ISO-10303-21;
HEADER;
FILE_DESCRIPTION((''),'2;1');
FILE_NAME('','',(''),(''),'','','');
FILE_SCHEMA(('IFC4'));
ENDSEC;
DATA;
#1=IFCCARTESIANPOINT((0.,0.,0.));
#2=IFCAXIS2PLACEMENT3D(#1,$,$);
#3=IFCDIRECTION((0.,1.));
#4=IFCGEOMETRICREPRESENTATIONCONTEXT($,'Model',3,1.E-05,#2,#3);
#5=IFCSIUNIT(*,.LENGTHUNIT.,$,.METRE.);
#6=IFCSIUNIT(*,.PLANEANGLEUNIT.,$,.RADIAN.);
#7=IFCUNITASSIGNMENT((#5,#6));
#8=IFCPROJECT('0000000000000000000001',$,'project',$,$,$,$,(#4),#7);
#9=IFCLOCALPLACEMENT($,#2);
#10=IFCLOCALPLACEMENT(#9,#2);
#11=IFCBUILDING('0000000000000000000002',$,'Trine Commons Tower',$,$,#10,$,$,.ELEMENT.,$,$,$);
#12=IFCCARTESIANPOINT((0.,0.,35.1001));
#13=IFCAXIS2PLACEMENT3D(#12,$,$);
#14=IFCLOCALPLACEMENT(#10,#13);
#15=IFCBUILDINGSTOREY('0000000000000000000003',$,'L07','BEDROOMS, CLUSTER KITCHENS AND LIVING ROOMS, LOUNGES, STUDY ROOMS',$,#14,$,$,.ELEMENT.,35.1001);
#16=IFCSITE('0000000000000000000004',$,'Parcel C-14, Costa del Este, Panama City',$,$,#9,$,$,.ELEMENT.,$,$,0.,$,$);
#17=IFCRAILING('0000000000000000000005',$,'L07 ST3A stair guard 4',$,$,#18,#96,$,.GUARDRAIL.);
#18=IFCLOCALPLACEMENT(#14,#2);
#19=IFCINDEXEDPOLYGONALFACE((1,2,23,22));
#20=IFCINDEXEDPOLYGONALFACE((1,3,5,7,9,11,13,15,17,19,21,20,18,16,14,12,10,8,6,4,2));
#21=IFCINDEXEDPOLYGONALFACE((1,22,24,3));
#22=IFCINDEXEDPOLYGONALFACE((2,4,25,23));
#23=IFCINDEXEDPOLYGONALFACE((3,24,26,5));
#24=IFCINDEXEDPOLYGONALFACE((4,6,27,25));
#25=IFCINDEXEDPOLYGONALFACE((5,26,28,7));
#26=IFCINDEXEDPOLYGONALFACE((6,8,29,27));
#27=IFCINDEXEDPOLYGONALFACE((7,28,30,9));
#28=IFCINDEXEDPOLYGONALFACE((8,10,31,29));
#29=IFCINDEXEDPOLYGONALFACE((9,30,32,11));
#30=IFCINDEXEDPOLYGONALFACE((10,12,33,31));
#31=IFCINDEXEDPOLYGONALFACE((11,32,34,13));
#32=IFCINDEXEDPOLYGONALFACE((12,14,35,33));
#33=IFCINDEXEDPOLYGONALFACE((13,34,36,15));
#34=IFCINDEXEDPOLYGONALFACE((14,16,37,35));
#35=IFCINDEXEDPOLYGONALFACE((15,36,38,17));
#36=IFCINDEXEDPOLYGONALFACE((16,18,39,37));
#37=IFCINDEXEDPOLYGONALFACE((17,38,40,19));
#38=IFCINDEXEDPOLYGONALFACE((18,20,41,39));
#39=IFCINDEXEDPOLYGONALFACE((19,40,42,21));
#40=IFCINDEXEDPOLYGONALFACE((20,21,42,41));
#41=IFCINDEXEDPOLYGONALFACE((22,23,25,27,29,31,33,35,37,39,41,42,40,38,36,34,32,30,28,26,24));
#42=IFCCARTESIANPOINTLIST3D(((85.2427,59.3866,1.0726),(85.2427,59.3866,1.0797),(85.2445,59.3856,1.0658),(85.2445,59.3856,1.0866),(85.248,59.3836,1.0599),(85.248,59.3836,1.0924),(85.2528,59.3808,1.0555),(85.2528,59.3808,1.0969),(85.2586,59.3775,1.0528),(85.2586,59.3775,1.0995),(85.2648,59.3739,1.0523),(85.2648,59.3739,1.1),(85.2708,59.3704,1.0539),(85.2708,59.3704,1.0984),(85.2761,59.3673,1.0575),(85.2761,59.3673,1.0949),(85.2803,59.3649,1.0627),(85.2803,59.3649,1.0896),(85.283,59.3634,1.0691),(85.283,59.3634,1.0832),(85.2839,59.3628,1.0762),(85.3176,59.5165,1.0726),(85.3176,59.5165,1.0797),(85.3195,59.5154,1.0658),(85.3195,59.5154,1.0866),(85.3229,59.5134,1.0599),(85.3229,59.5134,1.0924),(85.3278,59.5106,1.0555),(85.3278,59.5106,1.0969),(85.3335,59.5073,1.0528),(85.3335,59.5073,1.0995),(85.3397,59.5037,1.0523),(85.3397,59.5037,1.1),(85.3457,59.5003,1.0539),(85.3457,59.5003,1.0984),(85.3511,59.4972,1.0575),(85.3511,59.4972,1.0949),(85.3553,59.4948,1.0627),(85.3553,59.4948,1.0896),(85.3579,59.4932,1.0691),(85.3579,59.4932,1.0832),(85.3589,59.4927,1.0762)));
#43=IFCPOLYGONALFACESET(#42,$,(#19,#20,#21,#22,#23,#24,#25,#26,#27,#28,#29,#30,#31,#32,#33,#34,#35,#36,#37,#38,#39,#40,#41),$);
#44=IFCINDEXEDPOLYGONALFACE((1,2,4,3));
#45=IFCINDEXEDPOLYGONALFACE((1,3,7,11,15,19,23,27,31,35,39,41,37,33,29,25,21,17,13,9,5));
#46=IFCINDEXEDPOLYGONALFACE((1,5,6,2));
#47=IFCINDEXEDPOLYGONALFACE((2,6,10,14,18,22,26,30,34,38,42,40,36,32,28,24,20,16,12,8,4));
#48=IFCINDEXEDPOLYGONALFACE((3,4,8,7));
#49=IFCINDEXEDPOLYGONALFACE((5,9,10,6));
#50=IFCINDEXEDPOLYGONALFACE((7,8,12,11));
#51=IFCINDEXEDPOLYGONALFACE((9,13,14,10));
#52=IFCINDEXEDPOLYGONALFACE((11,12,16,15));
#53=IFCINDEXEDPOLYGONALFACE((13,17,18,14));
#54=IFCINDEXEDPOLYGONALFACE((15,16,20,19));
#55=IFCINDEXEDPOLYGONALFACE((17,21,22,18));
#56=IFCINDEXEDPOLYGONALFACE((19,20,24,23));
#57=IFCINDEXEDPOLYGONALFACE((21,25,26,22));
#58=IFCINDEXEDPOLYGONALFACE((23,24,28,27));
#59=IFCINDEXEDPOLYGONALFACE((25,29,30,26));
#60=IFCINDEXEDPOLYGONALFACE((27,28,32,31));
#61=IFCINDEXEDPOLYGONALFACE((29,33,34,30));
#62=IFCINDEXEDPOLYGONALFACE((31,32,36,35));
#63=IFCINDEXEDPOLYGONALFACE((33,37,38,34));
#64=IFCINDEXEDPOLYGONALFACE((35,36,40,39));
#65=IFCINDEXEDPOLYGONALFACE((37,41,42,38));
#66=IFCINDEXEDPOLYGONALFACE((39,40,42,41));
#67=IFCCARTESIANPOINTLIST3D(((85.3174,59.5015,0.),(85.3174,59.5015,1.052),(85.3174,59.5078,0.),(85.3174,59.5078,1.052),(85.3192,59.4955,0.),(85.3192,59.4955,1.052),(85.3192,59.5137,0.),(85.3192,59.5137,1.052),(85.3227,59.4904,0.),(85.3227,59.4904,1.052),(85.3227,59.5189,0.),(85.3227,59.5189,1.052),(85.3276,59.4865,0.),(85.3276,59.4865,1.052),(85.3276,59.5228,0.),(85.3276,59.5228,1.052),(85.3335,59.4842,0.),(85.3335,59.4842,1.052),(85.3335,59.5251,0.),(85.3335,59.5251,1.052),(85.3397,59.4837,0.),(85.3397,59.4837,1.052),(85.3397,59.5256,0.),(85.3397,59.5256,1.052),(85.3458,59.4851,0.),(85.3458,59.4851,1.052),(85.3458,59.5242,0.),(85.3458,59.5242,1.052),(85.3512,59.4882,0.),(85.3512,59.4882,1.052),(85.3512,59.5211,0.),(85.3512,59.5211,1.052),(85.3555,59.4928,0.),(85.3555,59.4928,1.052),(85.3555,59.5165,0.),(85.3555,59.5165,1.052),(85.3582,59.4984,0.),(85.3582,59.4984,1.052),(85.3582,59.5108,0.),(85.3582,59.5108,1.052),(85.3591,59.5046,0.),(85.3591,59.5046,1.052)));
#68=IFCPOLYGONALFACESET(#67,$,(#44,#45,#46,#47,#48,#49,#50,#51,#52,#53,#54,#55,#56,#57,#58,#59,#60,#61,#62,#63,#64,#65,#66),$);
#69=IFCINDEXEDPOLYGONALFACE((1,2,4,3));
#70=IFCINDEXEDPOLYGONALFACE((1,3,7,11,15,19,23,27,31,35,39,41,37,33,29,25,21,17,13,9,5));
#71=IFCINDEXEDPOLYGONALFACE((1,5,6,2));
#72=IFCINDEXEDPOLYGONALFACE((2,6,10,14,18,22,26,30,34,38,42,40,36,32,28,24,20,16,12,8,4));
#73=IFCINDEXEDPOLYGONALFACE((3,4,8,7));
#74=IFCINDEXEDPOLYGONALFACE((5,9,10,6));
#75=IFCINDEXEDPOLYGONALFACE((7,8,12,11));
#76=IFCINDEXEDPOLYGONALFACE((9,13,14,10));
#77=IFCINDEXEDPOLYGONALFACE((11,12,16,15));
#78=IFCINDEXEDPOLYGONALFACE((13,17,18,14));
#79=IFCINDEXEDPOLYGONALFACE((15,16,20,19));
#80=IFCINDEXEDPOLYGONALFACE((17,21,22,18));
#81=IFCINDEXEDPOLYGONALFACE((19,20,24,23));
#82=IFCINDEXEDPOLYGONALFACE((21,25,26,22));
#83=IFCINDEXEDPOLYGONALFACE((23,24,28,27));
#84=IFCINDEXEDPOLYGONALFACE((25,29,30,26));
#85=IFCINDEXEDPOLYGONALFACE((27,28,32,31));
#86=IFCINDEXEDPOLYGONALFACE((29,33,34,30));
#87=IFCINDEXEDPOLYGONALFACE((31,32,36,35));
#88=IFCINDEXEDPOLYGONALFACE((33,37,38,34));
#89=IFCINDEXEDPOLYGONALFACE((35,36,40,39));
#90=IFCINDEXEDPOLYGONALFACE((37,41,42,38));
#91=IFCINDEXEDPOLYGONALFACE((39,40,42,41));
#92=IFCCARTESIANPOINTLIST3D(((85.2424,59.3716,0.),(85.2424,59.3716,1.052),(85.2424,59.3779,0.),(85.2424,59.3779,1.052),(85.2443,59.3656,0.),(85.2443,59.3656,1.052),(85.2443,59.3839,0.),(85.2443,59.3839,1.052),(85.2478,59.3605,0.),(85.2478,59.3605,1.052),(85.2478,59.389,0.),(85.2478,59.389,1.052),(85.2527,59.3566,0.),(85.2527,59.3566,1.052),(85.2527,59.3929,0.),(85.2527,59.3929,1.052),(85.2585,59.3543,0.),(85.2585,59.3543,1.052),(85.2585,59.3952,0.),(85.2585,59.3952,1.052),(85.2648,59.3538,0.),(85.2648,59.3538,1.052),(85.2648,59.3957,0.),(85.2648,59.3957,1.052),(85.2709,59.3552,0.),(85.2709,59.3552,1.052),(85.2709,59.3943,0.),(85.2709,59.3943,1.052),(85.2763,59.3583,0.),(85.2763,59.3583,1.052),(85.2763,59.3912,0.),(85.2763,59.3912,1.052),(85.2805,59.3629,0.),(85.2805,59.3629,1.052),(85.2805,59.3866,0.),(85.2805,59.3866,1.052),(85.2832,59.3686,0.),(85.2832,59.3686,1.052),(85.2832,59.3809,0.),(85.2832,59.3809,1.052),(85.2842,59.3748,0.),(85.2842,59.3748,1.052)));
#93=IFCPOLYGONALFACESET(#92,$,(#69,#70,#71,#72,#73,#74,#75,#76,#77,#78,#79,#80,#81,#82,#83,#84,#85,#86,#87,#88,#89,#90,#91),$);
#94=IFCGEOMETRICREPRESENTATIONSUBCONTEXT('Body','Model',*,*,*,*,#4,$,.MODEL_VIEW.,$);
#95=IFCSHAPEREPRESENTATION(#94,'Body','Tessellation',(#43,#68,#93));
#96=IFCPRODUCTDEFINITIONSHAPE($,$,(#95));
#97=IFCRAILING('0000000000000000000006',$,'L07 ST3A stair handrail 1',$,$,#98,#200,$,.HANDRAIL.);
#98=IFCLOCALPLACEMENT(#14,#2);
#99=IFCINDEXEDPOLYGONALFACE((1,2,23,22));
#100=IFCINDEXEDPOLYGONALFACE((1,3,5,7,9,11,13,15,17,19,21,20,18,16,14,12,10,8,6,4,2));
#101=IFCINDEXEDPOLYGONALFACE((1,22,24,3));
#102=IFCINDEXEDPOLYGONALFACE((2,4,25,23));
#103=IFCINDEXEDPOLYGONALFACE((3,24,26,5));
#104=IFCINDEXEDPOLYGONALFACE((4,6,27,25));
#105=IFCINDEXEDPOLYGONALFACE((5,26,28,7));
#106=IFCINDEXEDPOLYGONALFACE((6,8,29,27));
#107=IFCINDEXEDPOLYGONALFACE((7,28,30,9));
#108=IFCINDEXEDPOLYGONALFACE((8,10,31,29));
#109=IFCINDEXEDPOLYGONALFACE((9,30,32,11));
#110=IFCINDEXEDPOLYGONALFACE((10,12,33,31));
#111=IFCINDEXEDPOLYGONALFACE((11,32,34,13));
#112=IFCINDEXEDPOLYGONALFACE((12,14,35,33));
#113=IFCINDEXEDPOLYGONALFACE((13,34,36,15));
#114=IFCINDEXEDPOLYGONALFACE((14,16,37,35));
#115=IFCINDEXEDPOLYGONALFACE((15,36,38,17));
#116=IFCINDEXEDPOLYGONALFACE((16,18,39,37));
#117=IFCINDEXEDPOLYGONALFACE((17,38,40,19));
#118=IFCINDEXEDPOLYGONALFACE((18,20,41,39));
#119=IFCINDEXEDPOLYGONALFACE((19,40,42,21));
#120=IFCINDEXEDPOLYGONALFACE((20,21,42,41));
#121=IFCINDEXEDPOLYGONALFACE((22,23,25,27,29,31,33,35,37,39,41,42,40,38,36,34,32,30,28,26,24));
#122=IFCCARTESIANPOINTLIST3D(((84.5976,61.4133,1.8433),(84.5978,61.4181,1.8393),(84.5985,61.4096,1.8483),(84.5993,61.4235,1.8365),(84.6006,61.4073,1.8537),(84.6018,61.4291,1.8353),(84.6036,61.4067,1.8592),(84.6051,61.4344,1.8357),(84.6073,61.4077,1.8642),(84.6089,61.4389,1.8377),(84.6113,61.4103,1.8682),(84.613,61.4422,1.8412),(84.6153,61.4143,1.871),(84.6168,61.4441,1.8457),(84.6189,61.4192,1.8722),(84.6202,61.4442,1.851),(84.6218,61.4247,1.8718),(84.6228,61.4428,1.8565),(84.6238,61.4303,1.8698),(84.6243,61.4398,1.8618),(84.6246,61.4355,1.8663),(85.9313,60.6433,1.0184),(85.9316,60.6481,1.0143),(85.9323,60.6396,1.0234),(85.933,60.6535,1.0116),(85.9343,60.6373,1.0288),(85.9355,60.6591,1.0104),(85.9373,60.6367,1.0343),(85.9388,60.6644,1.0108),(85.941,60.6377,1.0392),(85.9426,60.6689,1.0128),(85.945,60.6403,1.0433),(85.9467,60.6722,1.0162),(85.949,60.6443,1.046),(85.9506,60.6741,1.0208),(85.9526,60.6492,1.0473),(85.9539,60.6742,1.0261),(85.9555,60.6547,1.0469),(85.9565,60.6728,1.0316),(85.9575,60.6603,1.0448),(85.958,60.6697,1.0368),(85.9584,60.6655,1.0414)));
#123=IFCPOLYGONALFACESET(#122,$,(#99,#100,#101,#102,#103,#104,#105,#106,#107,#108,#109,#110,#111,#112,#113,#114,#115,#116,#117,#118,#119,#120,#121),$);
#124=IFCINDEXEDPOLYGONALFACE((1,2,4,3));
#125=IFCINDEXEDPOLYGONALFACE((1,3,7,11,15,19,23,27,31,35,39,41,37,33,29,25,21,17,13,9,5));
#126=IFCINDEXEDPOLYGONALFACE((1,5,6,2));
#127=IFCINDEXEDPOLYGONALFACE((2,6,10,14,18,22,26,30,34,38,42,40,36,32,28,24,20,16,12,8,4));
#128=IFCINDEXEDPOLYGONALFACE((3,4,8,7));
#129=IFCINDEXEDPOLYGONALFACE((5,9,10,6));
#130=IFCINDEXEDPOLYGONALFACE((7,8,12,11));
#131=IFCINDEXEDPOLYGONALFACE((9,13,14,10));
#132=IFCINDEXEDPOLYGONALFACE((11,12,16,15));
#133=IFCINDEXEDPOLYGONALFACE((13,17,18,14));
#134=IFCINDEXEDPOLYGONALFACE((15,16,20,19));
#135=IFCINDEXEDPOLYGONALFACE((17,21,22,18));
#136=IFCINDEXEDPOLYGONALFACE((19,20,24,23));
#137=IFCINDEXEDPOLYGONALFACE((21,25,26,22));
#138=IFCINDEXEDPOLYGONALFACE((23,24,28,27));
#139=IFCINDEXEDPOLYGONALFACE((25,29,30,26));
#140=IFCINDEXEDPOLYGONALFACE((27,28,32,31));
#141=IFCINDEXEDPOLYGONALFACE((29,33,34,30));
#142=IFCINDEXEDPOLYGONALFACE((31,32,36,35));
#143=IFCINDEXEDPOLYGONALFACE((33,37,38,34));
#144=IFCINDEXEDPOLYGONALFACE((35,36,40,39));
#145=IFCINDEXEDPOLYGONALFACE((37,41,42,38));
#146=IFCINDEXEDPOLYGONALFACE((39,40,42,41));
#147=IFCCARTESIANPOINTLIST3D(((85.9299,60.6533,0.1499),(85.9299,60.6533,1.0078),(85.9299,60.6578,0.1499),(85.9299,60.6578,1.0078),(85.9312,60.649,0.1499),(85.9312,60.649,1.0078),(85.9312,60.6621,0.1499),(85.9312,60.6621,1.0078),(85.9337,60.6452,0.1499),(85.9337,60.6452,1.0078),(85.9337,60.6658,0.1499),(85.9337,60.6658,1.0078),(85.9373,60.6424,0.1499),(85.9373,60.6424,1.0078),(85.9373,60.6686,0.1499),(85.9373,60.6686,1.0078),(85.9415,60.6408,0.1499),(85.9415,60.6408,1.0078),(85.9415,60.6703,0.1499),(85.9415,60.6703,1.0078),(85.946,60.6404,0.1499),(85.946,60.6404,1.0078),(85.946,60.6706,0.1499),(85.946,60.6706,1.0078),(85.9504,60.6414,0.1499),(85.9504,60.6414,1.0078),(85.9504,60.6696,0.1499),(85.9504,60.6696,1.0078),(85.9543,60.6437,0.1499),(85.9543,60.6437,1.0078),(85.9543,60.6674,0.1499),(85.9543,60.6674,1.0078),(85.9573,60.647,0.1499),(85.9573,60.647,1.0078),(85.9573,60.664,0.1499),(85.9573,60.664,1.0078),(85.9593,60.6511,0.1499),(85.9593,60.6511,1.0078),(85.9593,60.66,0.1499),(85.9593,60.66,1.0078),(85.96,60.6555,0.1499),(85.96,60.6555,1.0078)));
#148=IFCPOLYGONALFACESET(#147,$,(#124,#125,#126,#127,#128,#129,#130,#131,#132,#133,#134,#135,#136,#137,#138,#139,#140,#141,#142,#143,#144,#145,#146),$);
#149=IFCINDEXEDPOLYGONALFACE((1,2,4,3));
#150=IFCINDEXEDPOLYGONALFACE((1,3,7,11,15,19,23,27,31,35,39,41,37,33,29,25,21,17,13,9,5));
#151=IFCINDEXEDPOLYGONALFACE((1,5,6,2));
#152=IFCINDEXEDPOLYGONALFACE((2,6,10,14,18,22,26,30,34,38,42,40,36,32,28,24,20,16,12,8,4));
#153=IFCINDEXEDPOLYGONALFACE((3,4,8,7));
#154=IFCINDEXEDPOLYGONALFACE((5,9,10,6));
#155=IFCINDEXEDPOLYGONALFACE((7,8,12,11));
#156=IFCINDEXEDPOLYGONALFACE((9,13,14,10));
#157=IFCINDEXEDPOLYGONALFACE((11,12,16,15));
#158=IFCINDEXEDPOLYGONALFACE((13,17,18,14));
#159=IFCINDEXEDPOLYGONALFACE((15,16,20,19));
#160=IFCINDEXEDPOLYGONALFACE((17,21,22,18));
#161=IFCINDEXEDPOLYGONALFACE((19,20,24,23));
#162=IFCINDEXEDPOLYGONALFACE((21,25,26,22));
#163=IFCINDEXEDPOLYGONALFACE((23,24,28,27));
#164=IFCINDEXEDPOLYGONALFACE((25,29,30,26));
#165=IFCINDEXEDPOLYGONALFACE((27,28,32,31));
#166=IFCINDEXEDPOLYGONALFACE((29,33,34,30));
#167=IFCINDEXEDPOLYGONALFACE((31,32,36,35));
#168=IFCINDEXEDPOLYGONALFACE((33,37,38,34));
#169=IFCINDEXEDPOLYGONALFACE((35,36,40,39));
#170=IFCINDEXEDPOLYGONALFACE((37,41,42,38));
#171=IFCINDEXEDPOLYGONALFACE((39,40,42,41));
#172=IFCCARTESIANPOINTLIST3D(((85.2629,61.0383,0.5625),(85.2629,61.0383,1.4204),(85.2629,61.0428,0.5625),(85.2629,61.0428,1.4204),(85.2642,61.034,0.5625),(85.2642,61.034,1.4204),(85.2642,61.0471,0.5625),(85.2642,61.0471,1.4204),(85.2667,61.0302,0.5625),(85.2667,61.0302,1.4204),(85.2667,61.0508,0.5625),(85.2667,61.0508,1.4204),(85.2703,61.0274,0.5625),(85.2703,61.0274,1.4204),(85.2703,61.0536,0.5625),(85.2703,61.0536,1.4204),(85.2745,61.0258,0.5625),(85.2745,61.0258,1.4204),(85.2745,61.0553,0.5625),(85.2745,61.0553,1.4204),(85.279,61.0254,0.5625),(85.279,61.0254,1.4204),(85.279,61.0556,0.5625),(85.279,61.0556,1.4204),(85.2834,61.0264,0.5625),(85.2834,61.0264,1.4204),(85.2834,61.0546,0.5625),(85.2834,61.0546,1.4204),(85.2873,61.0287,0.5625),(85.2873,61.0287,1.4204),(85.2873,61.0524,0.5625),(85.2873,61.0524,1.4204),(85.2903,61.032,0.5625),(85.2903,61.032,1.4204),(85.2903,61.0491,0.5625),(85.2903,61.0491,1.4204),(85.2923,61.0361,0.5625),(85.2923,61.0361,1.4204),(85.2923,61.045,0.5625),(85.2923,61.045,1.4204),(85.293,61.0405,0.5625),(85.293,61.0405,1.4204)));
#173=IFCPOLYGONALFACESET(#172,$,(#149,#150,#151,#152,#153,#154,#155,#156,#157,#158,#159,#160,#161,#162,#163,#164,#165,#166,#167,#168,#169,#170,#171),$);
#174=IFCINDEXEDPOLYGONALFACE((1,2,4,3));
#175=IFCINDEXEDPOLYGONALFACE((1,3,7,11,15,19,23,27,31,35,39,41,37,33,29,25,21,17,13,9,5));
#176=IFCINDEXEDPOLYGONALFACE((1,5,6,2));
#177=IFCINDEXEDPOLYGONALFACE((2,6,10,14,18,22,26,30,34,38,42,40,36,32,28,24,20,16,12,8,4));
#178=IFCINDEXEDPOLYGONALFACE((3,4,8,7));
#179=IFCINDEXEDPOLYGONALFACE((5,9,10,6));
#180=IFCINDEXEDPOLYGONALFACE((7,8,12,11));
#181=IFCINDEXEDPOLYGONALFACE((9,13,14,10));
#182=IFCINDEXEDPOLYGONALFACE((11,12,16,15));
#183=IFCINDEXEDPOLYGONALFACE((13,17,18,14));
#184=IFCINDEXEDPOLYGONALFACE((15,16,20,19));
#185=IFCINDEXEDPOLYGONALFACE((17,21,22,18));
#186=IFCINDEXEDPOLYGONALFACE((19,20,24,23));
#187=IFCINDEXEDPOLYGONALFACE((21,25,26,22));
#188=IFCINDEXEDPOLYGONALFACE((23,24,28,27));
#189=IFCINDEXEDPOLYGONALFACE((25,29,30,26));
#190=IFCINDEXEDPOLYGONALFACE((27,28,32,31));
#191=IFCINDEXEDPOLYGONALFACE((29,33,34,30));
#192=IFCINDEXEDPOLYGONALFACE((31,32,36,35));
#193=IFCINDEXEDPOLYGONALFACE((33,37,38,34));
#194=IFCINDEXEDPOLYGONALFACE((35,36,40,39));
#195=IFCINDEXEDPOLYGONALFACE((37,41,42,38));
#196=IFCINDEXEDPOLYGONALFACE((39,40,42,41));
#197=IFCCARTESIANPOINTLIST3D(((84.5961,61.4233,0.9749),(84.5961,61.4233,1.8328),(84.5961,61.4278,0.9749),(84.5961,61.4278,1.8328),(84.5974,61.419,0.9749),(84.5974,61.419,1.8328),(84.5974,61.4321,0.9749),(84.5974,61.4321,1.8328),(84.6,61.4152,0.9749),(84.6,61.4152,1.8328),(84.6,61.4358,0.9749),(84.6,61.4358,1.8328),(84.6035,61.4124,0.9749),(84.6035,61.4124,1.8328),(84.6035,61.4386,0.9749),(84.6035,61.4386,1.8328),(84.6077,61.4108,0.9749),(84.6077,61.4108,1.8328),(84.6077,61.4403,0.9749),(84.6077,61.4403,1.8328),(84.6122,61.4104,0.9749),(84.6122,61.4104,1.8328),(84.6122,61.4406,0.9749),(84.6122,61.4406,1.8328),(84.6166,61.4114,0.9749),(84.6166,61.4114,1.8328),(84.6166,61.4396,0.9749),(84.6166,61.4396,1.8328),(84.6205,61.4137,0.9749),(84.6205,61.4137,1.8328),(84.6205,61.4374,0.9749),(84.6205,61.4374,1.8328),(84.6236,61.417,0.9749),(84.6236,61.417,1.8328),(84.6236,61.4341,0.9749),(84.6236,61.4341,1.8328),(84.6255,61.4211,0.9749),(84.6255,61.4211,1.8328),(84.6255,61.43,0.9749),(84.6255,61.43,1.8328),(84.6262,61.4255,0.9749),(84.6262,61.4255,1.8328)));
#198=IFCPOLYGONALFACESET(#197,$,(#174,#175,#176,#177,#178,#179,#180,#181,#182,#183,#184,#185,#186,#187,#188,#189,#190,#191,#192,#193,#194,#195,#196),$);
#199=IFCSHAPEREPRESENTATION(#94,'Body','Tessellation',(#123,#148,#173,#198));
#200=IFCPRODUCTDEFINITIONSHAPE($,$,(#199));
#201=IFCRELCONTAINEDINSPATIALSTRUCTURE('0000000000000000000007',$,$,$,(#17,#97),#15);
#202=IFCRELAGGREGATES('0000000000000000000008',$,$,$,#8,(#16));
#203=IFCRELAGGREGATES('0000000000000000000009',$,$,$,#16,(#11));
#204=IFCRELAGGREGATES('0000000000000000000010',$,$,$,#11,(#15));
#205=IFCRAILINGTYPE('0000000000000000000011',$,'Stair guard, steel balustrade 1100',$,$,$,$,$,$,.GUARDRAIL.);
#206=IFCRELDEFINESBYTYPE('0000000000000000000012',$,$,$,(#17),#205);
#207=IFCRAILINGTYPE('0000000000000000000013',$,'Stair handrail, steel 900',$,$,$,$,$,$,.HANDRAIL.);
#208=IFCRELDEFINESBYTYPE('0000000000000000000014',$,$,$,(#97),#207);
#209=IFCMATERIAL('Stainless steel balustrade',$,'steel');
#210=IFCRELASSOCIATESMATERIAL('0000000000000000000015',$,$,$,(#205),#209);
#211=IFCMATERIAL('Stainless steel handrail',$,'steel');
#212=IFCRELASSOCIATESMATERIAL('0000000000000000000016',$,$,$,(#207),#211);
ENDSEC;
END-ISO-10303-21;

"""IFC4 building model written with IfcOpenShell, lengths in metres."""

from ifc_helpers import new_model, si_unit, direction, frame, origin, origin_2d, place, context, subcontext, project, spatial, circle, extrude, material, type_object, element, save


model = new_model("IFC4")

# Units and contexts
model_context = context("Model", 3, precision=1e-05, world=origin(), true_north=direction((0.0, 1.0)))
body_context = subcontext(model_context, "Body", "Model", "MODEL_VIEW")
ifc_project = project(units=[si_unit("LENGTHUNIT", "METRE"), si_unit("PLANEANGLEUNIT", "RADIAN")], contexts=[model_context])

# Site, building, storey
site_placement = place(None, origin())
site = spatial("IfcSite", under=ifc_project, at=site_placement, Name="Parcel C-14, Costa del Este, Panama City", CompositionType="ELEMENT", RefElevation=0.0)
building_placement = place(site_placement, origin())
building = spatial("IfcBuilding", under=site, at=building_placement, Name="Trine Commons Tower", CompositionType="ELEMENT")
storey_placement = place(building_placement, frame((0.0, 0.0, 35.1001)))
storey = spatial("IfcBuildingStorey", under=building, at=storey_placement, Name="L07", Description="BEDROOMS, CLUSTER KITCHENS AND LIVING ROOMS, LOUNGES, STUDY ROOMS", CompositionType="ELEMENT", Elevation=35.1001)

# Railings
ifc_material_1 = material(Name="Stainless steel balustrade", Category="steel")
railing_type_1 = type_object("IfcRailingType", Name="Stair guard, steel balustrade 1100", PredefinedType="GUARDRAIL", material=ifc_material_1)
railing_1_placement = place(storey_placement, frame((85.3381, 59.5046, 0.0)))
element("IfcRailing", 1, at=railing_1_placement, inside=storey, type_object=railing_type_1, Name="L07 ST3A stair guard 4", PredefinedType="GUARDRAIL", context=body_context, shape_type="SweptSolid", body=[
    extrude(circle(Radius=0.0239, at=origin_2d()), frame((0.0, 0.0, 1.0762), z_axis=(-0.499816, -0.866131, 0.0), x_axis=(0.866131, -0.499816, 0.0)), (0.0, 0.0, 1.0), 0.1499),
    extrude(circle(Radius=0.021, at=origin_2d()), origin(), (0.0, 0.0, 1.0), 1.052),
    extrude(circle(Radius=0.021, at=origin_2d()), frame((-0.075, -0.1299, 0.0)), (0.0, 0.0, 1.0), 1.052),
])
ifc_material_2 = material(Name="Stainless steel handrail", Category="steel")
railing_type_2 = type_object("IfcRailingType", Name="Stair handrail, steel 900", PredefinedType="HANDRAIL", material=ifc_material_2)
railing_2_placement = place(storey_placement, frame((85.9448, 60.6555, 0.1499)))
element("IfcRailing", 2, at=railing_2_placement, inside=storey, type_object=railing_type_2, Name="L07 ST3A stair handrail 1", PredefinedType="HANDRAIL", context=body_context, shape_type="SweptSolid", body=[
    extrude(circle(Radius=0.021, at=origin_2d()), frame((0.0, 0.0, 0.8789), z_axis=(-0.763405, 0.440743, 0.472185), x_axis=(-0.499992, -0.86603, 0.0)), (0.0, 0.0, 1.0), 1.7471),
    extrude(circle(Radius=0.0151, at=origin_2d()), origin(), (0.0, 0.0, 1.0), 0.8579),
    extrude(circle(Radius=0.0151, at=origin_2d()), frame((-0.667, 0.385, 0.4126)), (0.0, 0.0, 1.0), 0.8579),
    extrude(circle(Radius=0.0151, at=origin_2d()), frame((-1.3337, 0.77, 0.825)), (0.0, 0.0, 1.0), 0.8579),
])

save(model, "model.ifc")
